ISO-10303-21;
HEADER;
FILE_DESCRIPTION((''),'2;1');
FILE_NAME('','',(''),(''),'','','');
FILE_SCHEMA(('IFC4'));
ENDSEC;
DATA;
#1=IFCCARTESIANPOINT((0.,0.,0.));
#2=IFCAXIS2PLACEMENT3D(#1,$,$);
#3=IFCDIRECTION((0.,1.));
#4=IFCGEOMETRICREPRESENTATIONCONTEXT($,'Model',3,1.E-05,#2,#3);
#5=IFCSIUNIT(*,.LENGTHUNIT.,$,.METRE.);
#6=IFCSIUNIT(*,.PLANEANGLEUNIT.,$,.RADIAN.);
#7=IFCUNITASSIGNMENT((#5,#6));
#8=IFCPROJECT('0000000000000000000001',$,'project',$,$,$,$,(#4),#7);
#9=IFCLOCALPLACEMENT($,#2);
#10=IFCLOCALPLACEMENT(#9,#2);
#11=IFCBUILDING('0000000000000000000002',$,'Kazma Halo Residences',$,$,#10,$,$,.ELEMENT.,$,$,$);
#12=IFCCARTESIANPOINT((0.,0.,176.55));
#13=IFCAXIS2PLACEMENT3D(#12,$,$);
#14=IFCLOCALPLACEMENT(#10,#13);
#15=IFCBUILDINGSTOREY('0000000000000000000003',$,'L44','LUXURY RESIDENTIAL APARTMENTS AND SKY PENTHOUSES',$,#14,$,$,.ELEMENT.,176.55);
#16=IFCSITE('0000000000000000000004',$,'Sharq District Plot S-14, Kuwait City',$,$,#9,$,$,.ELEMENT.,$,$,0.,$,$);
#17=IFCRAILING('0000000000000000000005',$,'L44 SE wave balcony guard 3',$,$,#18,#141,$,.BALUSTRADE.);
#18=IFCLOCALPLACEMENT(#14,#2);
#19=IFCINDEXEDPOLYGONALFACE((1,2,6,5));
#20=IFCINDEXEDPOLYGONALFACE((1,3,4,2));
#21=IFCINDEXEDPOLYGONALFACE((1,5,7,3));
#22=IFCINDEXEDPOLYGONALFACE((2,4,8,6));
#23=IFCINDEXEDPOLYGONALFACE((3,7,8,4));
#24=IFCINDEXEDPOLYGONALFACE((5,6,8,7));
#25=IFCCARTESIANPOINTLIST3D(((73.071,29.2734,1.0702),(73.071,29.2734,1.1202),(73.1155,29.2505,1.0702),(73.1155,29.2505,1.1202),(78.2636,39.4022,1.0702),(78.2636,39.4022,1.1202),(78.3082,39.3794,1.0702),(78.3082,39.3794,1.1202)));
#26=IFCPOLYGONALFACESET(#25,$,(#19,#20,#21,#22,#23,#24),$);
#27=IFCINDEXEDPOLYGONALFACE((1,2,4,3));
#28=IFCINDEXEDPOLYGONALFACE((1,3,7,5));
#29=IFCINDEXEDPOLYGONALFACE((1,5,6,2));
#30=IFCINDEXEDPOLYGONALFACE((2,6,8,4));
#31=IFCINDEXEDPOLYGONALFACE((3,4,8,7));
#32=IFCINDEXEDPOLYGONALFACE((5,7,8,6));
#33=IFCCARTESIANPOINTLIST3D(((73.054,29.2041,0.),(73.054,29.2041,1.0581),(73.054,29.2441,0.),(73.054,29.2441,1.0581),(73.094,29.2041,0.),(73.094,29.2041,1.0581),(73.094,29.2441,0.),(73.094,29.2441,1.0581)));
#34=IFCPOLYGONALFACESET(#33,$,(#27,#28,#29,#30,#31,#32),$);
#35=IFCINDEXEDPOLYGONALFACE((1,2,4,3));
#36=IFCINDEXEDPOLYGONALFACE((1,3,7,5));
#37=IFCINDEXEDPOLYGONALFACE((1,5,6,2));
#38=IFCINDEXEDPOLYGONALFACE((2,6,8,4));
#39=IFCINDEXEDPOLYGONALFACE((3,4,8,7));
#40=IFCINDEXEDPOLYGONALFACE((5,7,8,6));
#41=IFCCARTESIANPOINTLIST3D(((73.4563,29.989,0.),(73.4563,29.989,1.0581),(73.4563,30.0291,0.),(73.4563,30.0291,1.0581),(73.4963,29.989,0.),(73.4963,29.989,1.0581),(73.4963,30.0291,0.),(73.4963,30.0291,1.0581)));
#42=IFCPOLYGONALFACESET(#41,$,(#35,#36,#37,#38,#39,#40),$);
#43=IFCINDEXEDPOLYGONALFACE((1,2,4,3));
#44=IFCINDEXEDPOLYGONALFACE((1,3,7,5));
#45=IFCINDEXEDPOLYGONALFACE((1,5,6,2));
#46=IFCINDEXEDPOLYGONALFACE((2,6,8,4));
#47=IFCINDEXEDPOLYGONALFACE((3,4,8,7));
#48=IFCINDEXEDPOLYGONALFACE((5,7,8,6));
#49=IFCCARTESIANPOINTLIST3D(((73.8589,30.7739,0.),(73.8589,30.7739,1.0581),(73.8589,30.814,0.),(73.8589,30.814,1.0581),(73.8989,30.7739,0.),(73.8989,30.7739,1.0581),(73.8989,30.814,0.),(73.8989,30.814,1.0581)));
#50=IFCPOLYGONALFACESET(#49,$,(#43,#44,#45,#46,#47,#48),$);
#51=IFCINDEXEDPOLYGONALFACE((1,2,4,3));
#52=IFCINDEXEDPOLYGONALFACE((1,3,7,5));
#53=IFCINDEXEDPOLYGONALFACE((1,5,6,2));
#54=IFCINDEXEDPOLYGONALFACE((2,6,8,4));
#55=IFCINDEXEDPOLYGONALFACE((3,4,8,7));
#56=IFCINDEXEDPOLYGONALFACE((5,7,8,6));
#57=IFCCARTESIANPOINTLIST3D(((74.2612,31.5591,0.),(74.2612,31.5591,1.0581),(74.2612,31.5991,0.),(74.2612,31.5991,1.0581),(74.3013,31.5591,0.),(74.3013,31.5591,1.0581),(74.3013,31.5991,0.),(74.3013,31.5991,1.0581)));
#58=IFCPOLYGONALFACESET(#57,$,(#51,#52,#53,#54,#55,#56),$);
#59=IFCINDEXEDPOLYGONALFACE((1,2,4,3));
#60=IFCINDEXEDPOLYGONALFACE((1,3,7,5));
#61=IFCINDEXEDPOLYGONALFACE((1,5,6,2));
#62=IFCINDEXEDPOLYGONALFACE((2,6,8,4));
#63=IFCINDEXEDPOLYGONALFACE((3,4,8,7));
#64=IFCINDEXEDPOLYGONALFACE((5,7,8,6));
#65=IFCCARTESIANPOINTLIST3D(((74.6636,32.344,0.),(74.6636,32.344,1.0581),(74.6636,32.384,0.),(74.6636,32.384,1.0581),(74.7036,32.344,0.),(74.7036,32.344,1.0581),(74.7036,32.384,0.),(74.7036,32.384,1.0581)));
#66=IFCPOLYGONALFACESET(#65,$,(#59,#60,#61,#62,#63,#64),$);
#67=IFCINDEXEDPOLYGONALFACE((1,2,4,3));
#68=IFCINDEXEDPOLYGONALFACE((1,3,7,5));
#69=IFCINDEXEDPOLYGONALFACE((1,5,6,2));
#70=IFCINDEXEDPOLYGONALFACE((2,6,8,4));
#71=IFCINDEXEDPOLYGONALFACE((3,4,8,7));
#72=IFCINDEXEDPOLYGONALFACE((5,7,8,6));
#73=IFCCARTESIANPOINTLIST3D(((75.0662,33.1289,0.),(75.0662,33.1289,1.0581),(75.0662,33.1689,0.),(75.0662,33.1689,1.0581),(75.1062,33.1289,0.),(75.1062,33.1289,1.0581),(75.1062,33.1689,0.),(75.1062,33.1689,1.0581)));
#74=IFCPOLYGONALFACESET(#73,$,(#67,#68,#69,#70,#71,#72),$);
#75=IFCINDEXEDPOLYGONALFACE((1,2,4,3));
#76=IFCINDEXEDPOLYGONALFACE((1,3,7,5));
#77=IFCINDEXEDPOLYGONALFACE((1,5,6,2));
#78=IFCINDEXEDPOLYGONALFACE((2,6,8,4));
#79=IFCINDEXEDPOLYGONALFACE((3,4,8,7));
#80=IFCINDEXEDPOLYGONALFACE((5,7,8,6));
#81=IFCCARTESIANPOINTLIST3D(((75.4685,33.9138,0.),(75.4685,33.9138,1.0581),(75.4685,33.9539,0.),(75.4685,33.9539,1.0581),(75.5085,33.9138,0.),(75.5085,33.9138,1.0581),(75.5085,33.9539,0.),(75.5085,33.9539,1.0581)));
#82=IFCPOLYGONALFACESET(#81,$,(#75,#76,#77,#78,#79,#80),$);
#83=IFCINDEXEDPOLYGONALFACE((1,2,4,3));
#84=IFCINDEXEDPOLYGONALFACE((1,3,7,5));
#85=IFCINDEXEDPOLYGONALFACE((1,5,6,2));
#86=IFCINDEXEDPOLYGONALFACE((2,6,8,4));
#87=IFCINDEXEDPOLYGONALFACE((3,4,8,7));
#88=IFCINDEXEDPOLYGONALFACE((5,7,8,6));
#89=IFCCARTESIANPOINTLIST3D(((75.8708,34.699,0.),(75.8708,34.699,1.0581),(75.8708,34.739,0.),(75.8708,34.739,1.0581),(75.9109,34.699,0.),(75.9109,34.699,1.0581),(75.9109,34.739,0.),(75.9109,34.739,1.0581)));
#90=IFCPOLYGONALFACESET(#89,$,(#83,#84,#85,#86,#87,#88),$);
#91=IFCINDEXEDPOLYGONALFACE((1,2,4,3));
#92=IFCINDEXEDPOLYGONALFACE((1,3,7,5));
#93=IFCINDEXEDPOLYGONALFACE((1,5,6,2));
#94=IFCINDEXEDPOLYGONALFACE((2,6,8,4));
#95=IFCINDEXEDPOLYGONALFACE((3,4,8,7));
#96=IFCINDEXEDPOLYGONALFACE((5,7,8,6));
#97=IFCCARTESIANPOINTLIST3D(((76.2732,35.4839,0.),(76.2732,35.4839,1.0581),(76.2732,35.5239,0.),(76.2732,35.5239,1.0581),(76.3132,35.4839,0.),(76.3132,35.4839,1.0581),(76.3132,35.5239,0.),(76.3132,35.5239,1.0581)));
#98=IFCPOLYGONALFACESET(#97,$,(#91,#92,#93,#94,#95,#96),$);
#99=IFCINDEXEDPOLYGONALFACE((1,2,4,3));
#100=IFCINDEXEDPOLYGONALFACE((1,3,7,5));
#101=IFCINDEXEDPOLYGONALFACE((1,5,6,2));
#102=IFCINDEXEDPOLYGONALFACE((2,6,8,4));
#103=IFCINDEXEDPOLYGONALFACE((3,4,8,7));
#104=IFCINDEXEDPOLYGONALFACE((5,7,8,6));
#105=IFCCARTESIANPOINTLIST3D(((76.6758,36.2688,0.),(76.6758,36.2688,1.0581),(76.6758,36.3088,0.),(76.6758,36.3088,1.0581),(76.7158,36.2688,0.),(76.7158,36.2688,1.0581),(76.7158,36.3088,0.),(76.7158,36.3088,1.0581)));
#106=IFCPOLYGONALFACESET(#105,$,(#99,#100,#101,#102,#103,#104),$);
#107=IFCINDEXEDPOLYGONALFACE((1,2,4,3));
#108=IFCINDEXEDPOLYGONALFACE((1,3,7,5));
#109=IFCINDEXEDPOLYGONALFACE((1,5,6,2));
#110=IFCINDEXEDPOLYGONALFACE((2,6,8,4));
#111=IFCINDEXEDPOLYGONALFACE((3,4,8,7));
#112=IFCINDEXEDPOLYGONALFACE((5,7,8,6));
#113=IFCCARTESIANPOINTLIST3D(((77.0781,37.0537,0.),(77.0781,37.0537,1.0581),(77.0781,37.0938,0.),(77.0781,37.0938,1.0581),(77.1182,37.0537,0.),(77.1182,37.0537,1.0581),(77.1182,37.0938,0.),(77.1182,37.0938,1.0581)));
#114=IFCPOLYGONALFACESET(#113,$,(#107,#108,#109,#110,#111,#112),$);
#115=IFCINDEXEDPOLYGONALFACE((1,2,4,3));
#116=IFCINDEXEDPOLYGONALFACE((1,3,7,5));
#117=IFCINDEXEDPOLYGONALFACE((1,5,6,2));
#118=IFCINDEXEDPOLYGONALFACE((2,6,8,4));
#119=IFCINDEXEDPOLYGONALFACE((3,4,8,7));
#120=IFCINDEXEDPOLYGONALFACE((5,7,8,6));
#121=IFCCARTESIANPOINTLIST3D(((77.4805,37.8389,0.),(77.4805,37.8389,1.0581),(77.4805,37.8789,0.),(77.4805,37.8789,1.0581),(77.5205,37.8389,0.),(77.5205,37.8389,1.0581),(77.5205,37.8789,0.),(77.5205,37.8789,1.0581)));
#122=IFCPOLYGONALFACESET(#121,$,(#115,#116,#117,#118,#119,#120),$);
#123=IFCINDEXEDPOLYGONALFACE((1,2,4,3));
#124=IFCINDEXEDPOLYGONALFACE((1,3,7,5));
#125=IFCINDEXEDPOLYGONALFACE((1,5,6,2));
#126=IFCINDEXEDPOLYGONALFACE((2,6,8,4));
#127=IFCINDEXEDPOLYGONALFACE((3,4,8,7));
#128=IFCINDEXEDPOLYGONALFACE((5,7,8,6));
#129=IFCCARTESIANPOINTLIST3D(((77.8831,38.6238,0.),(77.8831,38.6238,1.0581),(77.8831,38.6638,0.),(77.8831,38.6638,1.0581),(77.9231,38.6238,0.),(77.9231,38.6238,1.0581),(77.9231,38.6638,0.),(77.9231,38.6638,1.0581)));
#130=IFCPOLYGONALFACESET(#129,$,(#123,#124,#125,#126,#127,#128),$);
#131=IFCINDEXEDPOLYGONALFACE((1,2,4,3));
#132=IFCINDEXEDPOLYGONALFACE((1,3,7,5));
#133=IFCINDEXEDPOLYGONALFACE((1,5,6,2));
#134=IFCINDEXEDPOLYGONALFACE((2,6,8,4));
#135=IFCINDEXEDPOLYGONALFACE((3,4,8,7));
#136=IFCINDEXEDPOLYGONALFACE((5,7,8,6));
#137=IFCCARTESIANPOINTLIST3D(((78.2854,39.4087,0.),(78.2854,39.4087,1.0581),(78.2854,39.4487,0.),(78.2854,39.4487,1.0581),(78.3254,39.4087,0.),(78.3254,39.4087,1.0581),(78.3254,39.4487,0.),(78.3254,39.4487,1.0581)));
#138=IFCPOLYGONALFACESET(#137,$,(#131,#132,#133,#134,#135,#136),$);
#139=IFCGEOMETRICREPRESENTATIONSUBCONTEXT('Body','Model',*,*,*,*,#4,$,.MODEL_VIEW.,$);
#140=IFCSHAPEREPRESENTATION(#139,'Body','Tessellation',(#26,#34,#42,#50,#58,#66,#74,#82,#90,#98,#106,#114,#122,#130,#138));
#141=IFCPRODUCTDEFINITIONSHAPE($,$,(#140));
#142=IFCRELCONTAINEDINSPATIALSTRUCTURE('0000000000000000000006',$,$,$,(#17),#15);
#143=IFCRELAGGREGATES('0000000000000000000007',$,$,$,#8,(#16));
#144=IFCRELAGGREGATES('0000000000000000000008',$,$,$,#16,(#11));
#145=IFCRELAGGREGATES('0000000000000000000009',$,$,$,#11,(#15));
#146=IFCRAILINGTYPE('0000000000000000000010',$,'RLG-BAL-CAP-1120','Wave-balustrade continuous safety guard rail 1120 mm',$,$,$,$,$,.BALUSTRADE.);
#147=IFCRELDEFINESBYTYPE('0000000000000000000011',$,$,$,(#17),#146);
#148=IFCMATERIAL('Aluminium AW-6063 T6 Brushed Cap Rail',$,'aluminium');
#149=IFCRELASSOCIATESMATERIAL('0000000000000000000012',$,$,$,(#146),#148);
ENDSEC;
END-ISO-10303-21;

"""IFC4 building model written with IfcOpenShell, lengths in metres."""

from ifc_helpers import new_model, si_unit, direction, frame, origin, origin_2d, place, context, subcontext, project, spatial, rectangle, extrude, material, type_object, element, save


model = new_model("IFC4")

# Units and contexts
model_context = context("Model", 3, precision=1e-05, world=origin(), true_north=direction((0.0, 1.0)))
body_context = subcontext(model_context, "Body", "Model", "MODEL_VIEW")
ifc_project = project(units=[si_unit("LENGTHUNIT", "METRE"), si_unit("PLANEANGLEUNIT", "RADIAN")], contexts=[model_context])

# Site, building, storey
site_placement = place(None, origin())
site = spatial("IfcSite", under=ifc_project, at=site_placement, Name="Sharq District Plot S-14, Kuwait City", CompositionType="ELEMENT", RefElevation=0.0)
building_placement = place(site_placement, origin())
building = spatial("IfcBuilding", under=site, at=building_placement, Name="Kazma Halo Residences", CompositionType="ELEMENT")
storey_placement = place(building_placement, frame((0.0, 0.0, 176.55)))
storey = spatial("IfcBuildingStorey", under=building, at=storey_placement, Name="L44", Description="LUXURY RESIDENTIAL APARTMENTS AND SKY PENTHOUSES", CompositionType="ELEMENT", Elevation=176.55)

# Railing
ifc_material_1 = material(Name="Aluminium AW-6063 T6 Brushed Cap Rail", Category="aluminium")
railing_type = type_object("IfcRailingType", Name="RLG-BAL-CAP-1120", Description="Wave-balustrade continuous safety guard rail 1120 mm", PredefinedType="BALUSTRADE", material=ifc_material_1)
railing_1_placement = place(storey_placement, frame((73.074, 29.2241, 0.0)))
element("IfcRailing", 1, at=railing_1_placement, inside=storey, type_object=railing_type, Name="L44 SE wave balcony guard 3", PredefinedType="BALUSTRADE", context=body_context, shape_type="SweptSolid", body=[
    extrude(rectangle(XDim=0.05, YDim=0.05, at=origin_2d()), frame((0.0193, 0.0378, 1.0952), z_axis=(0.456201, 0.889877, 0.0), x_axis=(-0.889877, 0.456201, 0.0)), (0.0, 0.0, 1.0), 11.3823),
    extrude(rectangle(XDim=0.04, YDim=0.04, at=origin_2d()), origin(), (0.0, 0.0, 1.0), 1.0581),
    extrude(rectangle(XDim=0.04, YDim=0.04, at=origin_2d()), frame((0.4023, 0.7849, 0.0)), (0.0, 0.0, 1.0), 1.0581),
    extrude(rectangle(XDim=0.04, YDim=0.04, at=origin_2d()), frame((0.8049, 1.5698, 0.0)), (0.0, 0.0, 1.0), 1.0581),
    extrude(rectangle(XDim=0.04, YDim=0.04, at=origin_2d()), frame((1.2073, 2.355, 0.0)), (0.0, 0.0, 1.0), 1.0581),
    extrude(rectangle(XDim=0.04, YDim=0.04, at=origin_2d()), frame((1.6096, 3.1399, 0.0)), (0.0, 0.0, 1.0), 1.0581),
    extrude(rectangle(XDim=0.04, YDim=0.04, at=origin_2d()), frame((2.0122, 3.9248, 0.0)), (0.0, 0.0, 1.0), 1.0581),
    extrude(rectangle(XDim=0.04, YDim=0.04, at=origin_2d()), frame((2.4146, 4.7097, 0.0)), (0.0, 0.0, 1.0), 1.0581),
    extrude(rectangle(XDim=0.04, YDim=0.04, at=origin_2d()), frame((2.8169, 5.4949, 0.0)), (0.0, 0.0, 1.0), 1.0581),
    extrude(rectangle(XDim=0.04, YDim=0.04, at=origin_2d()), frame((3.2192, 6.2798, 0.0)), (0.0, 0.0, 1.0), 1.0581),
    extrude(rectangle(XDim=0.04, YDim=0.04, at=origin_2d()), frame((3.6218, 7.0647, 0.0)), (0.0, 0.0, 1.0), 1.0581),
    extrude(rectangle(XDim=0.04, YDim=0.04, at=origin_2d()), frame((4.0242, 7.8496, 0.0)), (0.0, 0.0, 1.0), 1.0581),
    extrude(rectangle(XDim=0.04, YDim=0.04, at=origin_2d()), frame((4.4265, 8.6348, 0.0)), (0.0, 0.0, 1.0), 1.0581),
    extrude(rectangle(XDim=0.04, YDim=0.04, at=origin_2d()), frame((4.8291, 9.4197, 0.0)), (0.0, 0.0, 1.0), 1.0581),
    extrude(rectangle(XDim=0.04, YDim=0.04, at=origin_2d()), frame((5.2314, 10.2046, 0.0)), (0.0, 0.0, 1.0), 1.0581),
])

save(model, "model.ifc")
